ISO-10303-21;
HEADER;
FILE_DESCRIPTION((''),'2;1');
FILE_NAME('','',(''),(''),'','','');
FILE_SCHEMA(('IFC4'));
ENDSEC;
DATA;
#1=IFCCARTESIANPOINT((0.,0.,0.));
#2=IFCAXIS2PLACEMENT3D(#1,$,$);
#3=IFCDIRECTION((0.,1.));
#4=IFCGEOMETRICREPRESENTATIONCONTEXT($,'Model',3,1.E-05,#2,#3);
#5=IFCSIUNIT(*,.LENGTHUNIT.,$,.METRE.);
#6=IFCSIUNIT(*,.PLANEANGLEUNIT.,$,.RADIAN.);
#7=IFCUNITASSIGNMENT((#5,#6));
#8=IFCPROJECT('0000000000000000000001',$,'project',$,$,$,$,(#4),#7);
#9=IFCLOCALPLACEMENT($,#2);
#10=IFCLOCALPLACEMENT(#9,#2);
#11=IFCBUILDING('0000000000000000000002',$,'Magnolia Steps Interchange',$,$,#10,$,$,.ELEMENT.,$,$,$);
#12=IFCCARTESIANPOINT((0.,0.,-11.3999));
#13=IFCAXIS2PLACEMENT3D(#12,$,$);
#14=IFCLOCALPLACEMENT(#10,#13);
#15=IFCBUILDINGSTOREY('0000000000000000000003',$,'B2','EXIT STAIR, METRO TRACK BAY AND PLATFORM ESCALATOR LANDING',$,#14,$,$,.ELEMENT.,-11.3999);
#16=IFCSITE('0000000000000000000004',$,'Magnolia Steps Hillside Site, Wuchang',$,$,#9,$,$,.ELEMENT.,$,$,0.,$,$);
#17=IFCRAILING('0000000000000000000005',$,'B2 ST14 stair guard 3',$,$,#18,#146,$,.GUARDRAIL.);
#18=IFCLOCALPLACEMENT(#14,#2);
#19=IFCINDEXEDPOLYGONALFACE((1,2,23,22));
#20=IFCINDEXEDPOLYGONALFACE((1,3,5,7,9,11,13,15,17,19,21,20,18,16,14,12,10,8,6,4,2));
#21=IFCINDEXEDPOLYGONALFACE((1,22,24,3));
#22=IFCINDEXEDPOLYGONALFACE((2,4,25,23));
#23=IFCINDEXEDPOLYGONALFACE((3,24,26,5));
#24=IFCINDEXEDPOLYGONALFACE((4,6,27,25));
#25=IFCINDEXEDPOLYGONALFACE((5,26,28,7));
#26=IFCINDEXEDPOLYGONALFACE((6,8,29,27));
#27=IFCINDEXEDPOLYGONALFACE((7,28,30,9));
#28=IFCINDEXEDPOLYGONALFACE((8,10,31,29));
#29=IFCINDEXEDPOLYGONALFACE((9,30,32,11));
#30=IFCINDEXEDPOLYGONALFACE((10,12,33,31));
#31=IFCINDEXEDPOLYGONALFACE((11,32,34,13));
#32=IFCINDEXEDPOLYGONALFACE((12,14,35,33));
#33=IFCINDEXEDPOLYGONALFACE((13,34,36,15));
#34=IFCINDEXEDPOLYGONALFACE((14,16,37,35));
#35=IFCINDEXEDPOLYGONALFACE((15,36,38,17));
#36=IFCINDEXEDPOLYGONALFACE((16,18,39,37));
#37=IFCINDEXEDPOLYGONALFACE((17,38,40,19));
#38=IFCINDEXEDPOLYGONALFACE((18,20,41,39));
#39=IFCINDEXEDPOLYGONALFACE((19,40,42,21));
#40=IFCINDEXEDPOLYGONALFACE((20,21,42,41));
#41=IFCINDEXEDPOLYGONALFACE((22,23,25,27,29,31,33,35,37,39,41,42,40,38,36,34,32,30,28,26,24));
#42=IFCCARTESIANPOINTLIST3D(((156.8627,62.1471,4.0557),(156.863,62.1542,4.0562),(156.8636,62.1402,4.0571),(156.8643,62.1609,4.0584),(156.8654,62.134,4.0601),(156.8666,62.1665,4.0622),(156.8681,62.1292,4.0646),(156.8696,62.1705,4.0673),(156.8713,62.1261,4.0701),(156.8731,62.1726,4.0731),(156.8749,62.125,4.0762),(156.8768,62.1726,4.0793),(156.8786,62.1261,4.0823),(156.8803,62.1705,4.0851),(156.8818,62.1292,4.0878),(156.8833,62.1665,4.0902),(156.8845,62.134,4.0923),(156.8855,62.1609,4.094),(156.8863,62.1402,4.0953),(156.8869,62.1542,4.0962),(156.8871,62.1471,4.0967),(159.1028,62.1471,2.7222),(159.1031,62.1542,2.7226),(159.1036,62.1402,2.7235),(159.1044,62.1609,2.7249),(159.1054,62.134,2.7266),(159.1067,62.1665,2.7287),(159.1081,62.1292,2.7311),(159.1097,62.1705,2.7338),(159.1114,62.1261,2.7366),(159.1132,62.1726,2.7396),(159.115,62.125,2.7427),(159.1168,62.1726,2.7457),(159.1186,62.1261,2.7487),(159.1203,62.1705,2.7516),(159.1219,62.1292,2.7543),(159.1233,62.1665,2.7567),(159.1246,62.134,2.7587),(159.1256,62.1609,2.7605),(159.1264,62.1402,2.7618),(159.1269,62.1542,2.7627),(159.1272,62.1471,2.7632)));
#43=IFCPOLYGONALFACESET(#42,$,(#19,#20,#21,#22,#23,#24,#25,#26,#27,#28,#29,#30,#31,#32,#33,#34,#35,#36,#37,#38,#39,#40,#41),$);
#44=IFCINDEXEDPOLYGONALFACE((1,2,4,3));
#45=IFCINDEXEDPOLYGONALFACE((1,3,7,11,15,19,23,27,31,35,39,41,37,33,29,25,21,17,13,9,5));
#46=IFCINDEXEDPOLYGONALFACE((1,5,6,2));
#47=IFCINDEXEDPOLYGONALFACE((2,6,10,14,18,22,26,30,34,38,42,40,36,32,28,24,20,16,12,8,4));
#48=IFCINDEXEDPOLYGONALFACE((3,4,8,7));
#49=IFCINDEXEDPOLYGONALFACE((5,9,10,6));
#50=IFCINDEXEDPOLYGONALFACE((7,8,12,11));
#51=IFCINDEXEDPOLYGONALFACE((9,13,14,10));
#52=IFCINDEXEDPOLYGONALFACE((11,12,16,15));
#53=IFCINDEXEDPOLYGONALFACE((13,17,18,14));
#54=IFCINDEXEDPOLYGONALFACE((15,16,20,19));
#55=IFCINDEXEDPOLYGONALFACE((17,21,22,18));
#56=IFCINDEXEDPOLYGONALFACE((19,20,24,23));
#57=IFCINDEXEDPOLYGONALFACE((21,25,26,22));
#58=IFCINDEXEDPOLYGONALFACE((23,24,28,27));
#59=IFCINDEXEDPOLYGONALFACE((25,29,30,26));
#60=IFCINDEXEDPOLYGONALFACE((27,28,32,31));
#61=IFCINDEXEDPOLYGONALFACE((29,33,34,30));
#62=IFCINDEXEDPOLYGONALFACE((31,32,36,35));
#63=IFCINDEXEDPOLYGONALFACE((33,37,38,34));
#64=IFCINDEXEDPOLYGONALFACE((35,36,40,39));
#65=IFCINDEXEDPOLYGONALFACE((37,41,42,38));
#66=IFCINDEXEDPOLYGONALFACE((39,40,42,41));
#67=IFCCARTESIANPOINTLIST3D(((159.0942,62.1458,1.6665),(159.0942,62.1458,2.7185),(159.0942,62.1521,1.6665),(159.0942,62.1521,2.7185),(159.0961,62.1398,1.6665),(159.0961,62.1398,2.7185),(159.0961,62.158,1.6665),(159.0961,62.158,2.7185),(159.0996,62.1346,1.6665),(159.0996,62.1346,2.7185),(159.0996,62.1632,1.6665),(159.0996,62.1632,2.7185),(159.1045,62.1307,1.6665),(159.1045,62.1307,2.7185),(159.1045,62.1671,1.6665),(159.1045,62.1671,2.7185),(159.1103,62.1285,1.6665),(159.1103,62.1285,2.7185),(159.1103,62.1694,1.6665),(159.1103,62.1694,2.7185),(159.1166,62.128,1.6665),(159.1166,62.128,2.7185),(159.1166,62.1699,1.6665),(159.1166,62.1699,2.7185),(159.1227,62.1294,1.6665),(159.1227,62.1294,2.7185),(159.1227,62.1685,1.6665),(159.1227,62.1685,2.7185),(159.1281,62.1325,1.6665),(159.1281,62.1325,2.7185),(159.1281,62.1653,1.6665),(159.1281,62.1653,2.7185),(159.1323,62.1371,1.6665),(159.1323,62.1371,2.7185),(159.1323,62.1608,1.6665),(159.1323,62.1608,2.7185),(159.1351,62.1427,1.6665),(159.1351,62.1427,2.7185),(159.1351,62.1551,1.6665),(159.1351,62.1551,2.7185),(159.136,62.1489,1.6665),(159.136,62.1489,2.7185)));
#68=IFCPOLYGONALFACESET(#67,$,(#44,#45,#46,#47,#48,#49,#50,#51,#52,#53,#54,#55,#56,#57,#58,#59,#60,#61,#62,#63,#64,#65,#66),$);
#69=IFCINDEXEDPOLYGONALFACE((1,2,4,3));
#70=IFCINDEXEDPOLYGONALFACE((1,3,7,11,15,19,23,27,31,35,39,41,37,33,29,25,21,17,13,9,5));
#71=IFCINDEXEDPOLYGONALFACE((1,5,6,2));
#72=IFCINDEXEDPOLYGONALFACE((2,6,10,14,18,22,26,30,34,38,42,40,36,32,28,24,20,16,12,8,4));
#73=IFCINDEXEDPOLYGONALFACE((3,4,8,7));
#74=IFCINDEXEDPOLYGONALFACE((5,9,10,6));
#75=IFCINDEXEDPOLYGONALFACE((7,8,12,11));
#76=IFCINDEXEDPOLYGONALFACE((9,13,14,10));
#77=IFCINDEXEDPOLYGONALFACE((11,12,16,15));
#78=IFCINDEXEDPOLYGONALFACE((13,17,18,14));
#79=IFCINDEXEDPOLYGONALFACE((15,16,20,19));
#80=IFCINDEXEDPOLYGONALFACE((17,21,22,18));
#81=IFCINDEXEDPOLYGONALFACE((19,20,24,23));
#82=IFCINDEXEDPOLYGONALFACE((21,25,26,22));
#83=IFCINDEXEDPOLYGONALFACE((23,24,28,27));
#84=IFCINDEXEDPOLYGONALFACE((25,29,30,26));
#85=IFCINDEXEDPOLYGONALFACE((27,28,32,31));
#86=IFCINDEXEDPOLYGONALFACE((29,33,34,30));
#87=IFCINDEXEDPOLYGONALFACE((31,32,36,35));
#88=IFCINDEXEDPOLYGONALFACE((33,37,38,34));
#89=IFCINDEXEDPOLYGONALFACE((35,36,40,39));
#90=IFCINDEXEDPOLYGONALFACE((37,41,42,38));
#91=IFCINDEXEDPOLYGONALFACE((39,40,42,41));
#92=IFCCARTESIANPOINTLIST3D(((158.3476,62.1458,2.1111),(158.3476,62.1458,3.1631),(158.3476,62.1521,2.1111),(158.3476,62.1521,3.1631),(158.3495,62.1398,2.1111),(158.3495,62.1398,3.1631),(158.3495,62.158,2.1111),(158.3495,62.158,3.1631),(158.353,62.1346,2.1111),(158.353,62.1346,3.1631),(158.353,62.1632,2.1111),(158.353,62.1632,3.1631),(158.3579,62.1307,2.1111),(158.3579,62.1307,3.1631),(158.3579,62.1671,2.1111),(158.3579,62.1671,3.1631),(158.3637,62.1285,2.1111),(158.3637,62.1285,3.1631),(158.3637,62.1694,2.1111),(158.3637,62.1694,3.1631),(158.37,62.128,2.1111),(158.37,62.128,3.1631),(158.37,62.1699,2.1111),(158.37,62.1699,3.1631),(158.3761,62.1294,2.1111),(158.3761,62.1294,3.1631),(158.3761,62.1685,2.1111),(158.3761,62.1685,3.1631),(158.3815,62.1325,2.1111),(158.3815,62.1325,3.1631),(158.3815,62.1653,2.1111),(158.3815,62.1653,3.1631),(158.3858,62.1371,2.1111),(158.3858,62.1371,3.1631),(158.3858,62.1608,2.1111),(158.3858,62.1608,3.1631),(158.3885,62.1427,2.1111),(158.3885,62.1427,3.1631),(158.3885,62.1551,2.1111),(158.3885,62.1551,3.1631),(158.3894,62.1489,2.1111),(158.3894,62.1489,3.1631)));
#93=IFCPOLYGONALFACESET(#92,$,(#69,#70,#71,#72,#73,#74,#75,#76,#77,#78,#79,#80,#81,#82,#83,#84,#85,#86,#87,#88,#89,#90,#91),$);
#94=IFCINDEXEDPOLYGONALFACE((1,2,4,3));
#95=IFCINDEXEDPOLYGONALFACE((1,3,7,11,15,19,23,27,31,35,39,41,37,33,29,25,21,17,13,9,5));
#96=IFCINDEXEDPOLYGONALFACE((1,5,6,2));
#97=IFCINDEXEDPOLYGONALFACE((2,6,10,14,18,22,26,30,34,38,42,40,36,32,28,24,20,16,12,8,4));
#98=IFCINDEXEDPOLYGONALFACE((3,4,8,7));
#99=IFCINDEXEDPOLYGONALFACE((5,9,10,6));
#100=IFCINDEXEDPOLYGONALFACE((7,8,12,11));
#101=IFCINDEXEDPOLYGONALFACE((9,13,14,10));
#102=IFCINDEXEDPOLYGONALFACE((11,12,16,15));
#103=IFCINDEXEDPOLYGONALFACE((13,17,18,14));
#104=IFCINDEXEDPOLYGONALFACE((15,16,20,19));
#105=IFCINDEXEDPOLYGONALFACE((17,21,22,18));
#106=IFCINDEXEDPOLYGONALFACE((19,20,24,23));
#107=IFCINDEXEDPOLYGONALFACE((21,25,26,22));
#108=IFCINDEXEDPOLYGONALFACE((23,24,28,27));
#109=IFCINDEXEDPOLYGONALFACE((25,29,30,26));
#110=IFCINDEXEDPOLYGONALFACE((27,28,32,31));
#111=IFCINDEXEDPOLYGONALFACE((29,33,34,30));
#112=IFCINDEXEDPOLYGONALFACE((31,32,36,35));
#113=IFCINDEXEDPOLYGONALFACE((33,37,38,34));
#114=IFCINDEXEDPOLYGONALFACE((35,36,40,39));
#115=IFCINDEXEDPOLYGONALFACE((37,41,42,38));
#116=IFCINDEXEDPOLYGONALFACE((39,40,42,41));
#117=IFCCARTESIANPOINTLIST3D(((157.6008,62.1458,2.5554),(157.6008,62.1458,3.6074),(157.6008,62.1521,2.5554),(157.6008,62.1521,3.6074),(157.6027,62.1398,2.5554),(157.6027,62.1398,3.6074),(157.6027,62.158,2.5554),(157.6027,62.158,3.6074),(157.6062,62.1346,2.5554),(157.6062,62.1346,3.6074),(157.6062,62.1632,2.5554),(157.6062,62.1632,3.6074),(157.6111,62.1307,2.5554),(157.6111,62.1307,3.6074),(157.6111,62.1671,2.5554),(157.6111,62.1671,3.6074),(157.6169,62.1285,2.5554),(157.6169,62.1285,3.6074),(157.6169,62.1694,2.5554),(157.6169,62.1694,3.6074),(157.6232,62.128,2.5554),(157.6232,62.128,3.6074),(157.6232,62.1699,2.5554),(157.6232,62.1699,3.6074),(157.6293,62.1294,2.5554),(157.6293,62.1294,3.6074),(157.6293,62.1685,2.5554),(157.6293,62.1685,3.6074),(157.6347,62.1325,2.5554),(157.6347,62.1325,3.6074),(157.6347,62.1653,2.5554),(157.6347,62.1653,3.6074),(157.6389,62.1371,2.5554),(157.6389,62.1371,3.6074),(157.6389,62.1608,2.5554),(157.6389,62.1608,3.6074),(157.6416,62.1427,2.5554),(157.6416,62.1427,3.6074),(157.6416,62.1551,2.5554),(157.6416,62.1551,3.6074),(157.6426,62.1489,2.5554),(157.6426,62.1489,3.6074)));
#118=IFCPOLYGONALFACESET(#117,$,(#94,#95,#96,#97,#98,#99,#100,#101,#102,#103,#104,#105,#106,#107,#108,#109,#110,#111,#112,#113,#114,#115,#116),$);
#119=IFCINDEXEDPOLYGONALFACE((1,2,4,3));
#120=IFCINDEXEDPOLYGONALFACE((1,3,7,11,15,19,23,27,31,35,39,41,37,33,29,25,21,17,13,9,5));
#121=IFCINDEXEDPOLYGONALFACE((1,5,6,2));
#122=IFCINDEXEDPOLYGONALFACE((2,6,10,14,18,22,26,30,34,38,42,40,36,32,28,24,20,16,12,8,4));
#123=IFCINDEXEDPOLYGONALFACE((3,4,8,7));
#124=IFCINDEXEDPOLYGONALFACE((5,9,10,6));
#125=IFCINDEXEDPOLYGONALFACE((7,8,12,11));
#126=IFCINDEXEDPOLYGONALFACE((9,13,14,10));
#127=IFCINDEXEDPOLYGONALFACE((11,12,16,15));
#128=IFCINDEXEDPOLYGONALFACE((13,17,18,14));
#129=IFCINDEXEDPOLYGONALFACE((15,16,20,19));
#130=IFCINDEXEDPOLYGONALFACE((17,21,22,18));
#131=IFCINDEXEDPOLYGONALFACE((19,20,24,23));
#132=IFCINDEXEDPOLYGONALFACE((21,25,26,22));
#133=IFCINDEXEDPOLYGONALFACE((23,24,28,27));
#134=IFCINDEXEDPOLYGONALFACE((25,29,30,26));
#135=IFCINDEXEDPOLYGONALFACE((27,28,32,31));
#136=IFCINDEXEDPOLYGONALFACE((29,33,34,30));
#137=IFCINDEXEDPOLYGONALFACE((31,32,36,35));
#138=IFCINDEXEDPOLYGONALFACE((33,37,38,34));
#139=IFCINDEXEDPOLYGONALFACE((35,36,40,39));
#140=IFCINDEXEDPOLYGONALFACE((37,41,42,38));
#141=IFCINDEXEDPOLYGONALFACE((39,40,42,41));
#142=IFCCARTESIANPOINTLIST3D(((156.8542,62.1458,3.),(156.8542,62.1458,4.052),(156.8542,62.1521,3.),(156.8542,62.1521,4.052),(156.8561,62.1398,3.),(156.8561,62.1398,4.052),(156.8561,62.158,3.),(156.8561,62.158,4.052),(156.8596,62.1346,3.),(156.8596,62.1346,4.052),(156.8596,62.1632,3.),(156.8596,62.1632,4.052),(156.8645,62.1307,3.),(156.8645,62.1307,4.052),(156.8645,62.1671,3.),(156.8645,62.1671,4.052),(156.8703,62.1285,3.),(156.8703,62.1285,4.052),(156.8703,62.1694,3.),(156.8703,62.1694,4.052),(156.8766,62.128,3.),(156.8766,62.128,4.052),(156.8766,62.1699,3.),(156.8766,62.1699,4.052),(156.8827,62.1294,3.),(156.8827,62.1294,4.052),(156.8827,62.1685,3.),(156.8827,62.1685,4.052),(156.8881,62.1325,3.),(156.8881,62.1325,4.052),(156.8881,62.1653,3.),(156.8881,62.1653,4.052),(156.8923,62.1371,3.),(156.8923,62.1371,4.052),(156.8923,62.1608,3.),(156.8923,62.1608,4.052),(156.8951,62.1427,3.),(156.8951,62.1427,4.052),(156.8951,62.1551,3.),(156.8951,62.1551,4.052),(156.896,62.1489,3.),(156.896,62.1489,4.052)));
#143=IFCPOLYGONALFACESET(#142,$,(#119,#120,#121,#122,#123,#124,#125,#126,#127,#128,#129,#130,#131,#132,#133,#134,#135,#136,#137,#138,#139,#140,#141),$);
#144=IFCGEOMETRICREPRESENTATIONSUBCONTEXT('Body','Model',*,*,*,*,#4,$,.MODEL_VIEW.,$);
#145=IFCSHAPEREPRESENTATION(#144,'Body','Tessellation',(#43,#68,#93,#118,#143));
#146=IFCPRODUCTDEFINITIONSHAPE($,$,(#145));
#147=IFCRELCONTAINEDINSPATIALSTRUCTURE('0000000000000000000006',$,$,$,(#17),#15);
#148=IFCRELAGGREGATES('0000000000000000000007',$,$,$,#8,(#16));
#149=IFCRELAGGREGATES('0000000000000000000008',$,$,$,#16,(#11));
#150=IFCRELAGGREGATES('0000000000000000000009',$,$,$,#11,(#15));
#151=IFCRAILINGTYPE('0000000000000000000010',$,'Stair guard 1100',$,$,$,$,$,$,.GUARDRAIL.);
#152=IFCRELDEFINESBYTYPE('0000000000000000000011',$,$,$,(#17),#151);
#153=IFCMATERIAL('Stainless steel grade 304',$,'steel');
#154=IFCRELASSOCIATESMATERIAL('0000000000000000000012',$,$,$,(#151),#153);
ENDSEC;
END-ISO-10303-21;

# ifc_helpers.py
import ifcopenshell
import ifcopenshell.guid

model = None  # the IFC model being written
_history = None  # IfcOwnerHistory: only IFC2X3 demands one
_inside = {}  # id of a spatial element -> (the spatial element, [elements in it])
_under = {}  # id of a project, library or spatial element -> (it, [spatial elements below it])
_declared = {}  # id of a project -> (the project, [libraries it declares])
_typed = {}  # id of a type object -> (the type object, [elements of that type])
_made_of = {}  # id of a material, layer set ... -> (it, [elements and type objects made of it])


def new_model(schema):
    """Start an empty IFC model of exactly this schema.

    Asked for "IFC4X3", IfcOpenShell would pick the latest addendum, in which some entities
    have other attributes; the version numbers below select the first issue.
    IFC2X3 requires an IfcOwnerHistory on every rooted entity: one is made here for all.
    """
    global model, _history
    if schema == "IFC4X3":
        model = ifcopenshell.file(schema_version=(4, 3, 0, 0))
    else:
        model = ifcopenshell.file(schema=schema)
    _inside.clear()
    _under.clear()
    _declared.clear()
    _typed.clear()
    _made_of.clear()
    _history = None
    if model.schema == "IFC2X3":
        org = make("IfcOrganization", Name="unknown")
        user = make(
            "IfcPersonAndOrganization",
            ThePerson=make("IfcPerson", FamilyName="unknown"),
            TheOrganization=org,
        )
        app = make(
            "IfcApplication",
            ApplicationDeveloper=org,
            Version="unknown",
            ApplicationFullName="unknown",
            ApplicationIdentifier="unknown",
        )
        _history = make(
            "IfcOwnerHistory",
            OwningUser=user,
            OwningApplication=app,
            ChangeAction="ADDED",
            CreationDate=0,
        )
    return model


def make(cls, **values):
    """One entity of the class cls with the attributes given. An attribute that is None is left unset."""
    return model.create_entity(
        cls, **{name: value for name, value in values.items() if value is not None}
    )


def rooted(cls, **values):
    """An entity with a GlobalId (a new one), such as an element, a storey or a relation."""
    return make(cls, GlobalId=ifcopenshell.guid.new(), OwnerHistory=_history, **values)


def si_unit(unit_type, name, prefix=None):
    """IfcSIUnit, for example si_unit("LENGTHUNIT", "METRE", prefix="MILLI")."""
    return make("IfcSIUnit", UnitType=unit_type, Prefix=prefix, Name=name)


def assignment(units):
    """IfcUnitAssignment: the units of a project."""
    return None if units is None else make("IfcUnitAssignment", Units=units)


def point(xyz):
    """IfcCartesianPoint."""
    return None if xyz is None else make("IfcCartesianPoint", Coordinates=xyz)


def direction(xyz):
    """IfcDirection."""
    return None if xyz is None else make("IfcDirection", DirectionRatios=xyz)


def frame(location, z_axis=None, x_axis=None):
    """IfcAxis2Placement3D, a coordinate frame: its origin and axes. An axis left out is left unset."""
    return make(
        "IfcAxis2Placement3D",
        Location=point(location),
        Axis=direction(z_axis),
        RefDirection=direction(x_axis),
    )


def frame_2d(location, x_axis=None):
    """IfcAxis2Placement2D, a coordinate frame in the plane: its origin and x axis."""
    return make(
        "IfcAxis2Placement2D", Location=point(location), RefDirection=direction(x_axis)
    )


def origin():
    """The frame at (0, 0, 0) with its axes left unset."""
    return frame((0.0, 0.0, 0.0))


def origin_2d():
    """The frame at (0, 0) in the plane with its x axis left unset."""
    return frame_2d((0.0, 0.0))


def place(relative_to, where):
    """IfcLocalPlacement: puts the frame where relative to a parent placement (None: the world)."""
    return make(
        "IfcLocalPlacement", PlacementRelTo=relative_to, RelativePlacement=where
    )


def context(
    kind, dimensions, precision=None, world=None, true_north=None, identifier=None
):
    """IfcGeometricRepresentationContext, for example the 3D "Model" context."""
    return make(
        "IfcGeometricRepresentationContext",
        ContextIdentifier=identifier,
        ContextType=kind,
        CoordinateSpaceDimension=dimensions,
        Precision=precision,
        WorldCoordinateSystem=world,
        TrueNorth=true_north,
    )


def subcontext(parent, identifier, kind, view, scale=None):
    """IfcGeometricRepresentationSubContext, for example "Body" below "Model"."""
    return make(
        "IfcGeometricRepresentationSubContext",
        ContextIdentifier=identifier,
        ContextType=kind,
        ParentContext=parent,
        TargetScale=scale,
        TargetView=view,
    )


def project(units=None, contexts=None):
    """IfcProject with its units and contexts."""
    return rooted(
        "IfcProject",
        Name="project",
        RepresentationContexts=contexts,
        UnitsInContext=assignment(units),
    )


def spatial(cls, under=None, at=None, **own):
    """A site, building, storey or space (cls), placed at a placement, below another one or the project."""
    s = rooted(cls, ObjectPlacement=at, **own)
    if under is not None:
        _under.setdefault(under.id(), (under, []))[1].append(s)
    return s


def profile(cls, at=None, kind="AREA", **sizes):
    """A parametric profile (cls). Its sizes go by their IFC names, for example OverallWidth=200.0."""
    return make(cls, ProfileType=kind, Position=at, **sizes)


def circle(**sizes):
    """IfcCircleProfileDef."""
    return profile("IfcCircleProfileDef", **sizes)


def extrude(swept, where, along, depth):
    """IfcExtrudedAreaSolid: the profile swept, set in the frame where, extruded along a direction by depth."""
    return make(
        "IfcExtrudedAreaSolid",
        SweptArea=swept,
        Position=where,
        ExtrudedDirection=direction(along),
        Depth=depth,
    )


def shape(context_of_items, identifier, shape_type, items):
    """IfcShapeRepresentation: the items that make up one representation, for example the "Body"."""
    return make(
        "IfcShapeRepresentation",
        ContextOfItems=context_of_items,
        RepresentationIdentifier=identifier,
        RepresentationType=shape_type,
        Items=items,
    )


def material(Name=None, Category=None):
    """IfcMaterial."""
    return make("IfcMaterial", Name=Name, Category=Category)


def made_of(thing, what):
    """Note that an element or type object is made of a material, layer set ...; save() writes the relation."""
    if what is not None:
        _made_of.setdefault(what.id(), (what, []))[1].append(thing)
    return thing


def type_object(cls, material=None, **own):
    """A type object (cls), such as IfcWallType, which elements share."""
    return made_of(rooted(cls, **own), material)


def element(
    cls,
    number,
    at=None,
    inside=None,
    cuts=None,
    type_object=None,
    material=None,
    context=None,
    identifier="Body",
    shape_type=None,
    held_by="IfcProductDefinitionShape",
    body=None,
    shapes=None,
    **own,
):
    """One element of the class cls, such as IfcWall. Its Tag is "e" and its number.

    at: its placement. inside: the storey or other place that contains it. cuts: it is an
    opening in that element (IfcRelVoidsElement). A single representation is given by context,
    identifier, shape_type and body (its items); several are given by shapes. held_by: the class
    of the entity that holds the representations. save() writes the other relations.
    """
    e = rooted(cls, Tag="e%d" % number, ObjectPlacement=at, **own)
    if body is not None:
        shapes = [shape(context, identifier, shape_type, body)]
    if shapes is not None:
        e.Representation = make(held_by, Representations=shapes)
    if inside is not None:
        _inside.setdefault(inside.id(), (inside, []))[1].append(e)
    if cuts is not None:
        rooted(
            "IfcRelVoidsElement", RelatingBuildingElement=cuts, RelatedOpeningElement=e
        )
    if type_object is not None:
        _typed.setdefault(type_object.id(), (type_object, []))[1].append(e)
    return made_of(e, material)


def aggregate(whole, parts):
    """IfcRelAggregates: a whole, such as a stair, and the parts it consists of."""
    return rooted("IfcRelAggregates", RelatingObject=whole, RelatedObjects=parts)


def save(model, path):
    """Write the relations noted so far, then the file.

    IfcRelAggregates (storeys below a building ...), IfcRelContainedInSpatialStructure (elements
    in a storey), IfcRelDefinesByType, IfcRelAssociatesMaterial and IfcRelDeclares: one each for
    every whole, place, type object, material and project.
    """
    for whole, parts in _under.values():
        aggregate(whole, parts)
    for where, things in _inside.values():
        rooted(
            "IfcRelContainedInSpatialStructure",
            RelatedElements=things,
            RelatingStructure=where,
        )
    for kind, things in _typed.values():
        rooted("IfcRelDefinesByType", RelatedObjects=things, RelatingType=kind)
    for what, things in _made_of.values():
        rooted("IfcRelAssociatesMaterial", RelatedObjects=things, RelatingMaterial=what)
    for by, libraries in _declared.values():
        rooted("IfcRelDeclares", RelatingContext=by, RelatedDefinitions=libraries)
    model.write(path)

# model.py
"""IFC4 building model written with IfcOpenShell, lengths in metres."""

from ifc_helpers import new_model, si_unit, direction, frame, origin, origin_2d, place, context, subcontext, project, spatial, circle, extrude, material, type_object, element, save


model = new_model("IFC4")

# Units and contexts
model_context = context("Model", 3, precision=1e-05, world=origin(), true_north=direction((0.0, 1.0)))
body_context = subcontext(model_context, "Body", "Model", "MODEL_VIEW")
ifc_project = project(units=[si_unit("LENGTHUNIT", "METRE"), si_unit("PLANEANGLEUNIT", "RADIAN")], contexts=[model_context])

# Site, building, storey
site_placement = place(None, origin())
site = spatial("IfcSite", under=ifc_project, at=site_placement, Name="Magnolia Steps Hillside Site, Wuchang", CompositionType="ELEMENT", RefElevation=0.0)
building_placement = place(site_placement, origin())
building = spatial("IfcBuilding", under=site, at=building_placement, Name="Magnolia Steps Interchange", CompositionType="ELEMENT")
storey_placement = place(building_placement, frame((0.0, 0.0, -11.3999)))
storey = spatial("IfcBuildingStorey", under=building, at=storey_placement, Name="B2", Description="EXIT STAIR, METRO TRACK BAY AND PLATFORM ESCALATOR LANDING", CompositionType="ELEMENT", Elevation=-11.3999)

# Railing
ifc_material_1 = material(Name="Stainless steel grade 304", Category="steel")
railing_type_1 = type_object("IfcRailingType", Name="Stair guard 1100", PredefinedType="GUARDRAIL", material=ifc_material_1)
railing_1_placement = place(storey_placement, frame((159.115, 62.1489, 1.6665)))
element("IfcRailing", 1, at=railing_1_placement, inside=storey, type_object=railing_type_1, Name="B2 ST14 stair guard 3", PredefinedType="GUARDRAIL", context=body_context, shape_type="SweptSolid", body=[
    extrude(circle(Radius=0.0239, at=origin_2d()), frame((0.0, 0.0, 1.0762), z_axis=(-0.859264, 0.0, 0.511532), x_axis=(0.0, -1.0, 0.0)), (0.0, 0.0, 1.0), 2.6069),
    extrude(circle(Radius=0.021, at=origin_2d()), origin(), (0.0, 0.0, 1.0), 1.052),
    extrude(circle(Radius=0.021, at=origin_2d()), frame((-0.7466, 0.0, 0.4446)), (0.0, 0.0, 1.0), 1.052),
    extrude(circle(Radius=0.021, at=origin_2d()), frame((-1.4934, 0.0, 0.8889)), (0.0, 0.0, 1.0), 1.052),
    extrude(circle(Radius=0.021, at=origin_2d()), frame((-2.24, 0.0, 1.3335)), (0.0, 0.0, 1.0), 1.052),
])

save(model, "model.ifc")
